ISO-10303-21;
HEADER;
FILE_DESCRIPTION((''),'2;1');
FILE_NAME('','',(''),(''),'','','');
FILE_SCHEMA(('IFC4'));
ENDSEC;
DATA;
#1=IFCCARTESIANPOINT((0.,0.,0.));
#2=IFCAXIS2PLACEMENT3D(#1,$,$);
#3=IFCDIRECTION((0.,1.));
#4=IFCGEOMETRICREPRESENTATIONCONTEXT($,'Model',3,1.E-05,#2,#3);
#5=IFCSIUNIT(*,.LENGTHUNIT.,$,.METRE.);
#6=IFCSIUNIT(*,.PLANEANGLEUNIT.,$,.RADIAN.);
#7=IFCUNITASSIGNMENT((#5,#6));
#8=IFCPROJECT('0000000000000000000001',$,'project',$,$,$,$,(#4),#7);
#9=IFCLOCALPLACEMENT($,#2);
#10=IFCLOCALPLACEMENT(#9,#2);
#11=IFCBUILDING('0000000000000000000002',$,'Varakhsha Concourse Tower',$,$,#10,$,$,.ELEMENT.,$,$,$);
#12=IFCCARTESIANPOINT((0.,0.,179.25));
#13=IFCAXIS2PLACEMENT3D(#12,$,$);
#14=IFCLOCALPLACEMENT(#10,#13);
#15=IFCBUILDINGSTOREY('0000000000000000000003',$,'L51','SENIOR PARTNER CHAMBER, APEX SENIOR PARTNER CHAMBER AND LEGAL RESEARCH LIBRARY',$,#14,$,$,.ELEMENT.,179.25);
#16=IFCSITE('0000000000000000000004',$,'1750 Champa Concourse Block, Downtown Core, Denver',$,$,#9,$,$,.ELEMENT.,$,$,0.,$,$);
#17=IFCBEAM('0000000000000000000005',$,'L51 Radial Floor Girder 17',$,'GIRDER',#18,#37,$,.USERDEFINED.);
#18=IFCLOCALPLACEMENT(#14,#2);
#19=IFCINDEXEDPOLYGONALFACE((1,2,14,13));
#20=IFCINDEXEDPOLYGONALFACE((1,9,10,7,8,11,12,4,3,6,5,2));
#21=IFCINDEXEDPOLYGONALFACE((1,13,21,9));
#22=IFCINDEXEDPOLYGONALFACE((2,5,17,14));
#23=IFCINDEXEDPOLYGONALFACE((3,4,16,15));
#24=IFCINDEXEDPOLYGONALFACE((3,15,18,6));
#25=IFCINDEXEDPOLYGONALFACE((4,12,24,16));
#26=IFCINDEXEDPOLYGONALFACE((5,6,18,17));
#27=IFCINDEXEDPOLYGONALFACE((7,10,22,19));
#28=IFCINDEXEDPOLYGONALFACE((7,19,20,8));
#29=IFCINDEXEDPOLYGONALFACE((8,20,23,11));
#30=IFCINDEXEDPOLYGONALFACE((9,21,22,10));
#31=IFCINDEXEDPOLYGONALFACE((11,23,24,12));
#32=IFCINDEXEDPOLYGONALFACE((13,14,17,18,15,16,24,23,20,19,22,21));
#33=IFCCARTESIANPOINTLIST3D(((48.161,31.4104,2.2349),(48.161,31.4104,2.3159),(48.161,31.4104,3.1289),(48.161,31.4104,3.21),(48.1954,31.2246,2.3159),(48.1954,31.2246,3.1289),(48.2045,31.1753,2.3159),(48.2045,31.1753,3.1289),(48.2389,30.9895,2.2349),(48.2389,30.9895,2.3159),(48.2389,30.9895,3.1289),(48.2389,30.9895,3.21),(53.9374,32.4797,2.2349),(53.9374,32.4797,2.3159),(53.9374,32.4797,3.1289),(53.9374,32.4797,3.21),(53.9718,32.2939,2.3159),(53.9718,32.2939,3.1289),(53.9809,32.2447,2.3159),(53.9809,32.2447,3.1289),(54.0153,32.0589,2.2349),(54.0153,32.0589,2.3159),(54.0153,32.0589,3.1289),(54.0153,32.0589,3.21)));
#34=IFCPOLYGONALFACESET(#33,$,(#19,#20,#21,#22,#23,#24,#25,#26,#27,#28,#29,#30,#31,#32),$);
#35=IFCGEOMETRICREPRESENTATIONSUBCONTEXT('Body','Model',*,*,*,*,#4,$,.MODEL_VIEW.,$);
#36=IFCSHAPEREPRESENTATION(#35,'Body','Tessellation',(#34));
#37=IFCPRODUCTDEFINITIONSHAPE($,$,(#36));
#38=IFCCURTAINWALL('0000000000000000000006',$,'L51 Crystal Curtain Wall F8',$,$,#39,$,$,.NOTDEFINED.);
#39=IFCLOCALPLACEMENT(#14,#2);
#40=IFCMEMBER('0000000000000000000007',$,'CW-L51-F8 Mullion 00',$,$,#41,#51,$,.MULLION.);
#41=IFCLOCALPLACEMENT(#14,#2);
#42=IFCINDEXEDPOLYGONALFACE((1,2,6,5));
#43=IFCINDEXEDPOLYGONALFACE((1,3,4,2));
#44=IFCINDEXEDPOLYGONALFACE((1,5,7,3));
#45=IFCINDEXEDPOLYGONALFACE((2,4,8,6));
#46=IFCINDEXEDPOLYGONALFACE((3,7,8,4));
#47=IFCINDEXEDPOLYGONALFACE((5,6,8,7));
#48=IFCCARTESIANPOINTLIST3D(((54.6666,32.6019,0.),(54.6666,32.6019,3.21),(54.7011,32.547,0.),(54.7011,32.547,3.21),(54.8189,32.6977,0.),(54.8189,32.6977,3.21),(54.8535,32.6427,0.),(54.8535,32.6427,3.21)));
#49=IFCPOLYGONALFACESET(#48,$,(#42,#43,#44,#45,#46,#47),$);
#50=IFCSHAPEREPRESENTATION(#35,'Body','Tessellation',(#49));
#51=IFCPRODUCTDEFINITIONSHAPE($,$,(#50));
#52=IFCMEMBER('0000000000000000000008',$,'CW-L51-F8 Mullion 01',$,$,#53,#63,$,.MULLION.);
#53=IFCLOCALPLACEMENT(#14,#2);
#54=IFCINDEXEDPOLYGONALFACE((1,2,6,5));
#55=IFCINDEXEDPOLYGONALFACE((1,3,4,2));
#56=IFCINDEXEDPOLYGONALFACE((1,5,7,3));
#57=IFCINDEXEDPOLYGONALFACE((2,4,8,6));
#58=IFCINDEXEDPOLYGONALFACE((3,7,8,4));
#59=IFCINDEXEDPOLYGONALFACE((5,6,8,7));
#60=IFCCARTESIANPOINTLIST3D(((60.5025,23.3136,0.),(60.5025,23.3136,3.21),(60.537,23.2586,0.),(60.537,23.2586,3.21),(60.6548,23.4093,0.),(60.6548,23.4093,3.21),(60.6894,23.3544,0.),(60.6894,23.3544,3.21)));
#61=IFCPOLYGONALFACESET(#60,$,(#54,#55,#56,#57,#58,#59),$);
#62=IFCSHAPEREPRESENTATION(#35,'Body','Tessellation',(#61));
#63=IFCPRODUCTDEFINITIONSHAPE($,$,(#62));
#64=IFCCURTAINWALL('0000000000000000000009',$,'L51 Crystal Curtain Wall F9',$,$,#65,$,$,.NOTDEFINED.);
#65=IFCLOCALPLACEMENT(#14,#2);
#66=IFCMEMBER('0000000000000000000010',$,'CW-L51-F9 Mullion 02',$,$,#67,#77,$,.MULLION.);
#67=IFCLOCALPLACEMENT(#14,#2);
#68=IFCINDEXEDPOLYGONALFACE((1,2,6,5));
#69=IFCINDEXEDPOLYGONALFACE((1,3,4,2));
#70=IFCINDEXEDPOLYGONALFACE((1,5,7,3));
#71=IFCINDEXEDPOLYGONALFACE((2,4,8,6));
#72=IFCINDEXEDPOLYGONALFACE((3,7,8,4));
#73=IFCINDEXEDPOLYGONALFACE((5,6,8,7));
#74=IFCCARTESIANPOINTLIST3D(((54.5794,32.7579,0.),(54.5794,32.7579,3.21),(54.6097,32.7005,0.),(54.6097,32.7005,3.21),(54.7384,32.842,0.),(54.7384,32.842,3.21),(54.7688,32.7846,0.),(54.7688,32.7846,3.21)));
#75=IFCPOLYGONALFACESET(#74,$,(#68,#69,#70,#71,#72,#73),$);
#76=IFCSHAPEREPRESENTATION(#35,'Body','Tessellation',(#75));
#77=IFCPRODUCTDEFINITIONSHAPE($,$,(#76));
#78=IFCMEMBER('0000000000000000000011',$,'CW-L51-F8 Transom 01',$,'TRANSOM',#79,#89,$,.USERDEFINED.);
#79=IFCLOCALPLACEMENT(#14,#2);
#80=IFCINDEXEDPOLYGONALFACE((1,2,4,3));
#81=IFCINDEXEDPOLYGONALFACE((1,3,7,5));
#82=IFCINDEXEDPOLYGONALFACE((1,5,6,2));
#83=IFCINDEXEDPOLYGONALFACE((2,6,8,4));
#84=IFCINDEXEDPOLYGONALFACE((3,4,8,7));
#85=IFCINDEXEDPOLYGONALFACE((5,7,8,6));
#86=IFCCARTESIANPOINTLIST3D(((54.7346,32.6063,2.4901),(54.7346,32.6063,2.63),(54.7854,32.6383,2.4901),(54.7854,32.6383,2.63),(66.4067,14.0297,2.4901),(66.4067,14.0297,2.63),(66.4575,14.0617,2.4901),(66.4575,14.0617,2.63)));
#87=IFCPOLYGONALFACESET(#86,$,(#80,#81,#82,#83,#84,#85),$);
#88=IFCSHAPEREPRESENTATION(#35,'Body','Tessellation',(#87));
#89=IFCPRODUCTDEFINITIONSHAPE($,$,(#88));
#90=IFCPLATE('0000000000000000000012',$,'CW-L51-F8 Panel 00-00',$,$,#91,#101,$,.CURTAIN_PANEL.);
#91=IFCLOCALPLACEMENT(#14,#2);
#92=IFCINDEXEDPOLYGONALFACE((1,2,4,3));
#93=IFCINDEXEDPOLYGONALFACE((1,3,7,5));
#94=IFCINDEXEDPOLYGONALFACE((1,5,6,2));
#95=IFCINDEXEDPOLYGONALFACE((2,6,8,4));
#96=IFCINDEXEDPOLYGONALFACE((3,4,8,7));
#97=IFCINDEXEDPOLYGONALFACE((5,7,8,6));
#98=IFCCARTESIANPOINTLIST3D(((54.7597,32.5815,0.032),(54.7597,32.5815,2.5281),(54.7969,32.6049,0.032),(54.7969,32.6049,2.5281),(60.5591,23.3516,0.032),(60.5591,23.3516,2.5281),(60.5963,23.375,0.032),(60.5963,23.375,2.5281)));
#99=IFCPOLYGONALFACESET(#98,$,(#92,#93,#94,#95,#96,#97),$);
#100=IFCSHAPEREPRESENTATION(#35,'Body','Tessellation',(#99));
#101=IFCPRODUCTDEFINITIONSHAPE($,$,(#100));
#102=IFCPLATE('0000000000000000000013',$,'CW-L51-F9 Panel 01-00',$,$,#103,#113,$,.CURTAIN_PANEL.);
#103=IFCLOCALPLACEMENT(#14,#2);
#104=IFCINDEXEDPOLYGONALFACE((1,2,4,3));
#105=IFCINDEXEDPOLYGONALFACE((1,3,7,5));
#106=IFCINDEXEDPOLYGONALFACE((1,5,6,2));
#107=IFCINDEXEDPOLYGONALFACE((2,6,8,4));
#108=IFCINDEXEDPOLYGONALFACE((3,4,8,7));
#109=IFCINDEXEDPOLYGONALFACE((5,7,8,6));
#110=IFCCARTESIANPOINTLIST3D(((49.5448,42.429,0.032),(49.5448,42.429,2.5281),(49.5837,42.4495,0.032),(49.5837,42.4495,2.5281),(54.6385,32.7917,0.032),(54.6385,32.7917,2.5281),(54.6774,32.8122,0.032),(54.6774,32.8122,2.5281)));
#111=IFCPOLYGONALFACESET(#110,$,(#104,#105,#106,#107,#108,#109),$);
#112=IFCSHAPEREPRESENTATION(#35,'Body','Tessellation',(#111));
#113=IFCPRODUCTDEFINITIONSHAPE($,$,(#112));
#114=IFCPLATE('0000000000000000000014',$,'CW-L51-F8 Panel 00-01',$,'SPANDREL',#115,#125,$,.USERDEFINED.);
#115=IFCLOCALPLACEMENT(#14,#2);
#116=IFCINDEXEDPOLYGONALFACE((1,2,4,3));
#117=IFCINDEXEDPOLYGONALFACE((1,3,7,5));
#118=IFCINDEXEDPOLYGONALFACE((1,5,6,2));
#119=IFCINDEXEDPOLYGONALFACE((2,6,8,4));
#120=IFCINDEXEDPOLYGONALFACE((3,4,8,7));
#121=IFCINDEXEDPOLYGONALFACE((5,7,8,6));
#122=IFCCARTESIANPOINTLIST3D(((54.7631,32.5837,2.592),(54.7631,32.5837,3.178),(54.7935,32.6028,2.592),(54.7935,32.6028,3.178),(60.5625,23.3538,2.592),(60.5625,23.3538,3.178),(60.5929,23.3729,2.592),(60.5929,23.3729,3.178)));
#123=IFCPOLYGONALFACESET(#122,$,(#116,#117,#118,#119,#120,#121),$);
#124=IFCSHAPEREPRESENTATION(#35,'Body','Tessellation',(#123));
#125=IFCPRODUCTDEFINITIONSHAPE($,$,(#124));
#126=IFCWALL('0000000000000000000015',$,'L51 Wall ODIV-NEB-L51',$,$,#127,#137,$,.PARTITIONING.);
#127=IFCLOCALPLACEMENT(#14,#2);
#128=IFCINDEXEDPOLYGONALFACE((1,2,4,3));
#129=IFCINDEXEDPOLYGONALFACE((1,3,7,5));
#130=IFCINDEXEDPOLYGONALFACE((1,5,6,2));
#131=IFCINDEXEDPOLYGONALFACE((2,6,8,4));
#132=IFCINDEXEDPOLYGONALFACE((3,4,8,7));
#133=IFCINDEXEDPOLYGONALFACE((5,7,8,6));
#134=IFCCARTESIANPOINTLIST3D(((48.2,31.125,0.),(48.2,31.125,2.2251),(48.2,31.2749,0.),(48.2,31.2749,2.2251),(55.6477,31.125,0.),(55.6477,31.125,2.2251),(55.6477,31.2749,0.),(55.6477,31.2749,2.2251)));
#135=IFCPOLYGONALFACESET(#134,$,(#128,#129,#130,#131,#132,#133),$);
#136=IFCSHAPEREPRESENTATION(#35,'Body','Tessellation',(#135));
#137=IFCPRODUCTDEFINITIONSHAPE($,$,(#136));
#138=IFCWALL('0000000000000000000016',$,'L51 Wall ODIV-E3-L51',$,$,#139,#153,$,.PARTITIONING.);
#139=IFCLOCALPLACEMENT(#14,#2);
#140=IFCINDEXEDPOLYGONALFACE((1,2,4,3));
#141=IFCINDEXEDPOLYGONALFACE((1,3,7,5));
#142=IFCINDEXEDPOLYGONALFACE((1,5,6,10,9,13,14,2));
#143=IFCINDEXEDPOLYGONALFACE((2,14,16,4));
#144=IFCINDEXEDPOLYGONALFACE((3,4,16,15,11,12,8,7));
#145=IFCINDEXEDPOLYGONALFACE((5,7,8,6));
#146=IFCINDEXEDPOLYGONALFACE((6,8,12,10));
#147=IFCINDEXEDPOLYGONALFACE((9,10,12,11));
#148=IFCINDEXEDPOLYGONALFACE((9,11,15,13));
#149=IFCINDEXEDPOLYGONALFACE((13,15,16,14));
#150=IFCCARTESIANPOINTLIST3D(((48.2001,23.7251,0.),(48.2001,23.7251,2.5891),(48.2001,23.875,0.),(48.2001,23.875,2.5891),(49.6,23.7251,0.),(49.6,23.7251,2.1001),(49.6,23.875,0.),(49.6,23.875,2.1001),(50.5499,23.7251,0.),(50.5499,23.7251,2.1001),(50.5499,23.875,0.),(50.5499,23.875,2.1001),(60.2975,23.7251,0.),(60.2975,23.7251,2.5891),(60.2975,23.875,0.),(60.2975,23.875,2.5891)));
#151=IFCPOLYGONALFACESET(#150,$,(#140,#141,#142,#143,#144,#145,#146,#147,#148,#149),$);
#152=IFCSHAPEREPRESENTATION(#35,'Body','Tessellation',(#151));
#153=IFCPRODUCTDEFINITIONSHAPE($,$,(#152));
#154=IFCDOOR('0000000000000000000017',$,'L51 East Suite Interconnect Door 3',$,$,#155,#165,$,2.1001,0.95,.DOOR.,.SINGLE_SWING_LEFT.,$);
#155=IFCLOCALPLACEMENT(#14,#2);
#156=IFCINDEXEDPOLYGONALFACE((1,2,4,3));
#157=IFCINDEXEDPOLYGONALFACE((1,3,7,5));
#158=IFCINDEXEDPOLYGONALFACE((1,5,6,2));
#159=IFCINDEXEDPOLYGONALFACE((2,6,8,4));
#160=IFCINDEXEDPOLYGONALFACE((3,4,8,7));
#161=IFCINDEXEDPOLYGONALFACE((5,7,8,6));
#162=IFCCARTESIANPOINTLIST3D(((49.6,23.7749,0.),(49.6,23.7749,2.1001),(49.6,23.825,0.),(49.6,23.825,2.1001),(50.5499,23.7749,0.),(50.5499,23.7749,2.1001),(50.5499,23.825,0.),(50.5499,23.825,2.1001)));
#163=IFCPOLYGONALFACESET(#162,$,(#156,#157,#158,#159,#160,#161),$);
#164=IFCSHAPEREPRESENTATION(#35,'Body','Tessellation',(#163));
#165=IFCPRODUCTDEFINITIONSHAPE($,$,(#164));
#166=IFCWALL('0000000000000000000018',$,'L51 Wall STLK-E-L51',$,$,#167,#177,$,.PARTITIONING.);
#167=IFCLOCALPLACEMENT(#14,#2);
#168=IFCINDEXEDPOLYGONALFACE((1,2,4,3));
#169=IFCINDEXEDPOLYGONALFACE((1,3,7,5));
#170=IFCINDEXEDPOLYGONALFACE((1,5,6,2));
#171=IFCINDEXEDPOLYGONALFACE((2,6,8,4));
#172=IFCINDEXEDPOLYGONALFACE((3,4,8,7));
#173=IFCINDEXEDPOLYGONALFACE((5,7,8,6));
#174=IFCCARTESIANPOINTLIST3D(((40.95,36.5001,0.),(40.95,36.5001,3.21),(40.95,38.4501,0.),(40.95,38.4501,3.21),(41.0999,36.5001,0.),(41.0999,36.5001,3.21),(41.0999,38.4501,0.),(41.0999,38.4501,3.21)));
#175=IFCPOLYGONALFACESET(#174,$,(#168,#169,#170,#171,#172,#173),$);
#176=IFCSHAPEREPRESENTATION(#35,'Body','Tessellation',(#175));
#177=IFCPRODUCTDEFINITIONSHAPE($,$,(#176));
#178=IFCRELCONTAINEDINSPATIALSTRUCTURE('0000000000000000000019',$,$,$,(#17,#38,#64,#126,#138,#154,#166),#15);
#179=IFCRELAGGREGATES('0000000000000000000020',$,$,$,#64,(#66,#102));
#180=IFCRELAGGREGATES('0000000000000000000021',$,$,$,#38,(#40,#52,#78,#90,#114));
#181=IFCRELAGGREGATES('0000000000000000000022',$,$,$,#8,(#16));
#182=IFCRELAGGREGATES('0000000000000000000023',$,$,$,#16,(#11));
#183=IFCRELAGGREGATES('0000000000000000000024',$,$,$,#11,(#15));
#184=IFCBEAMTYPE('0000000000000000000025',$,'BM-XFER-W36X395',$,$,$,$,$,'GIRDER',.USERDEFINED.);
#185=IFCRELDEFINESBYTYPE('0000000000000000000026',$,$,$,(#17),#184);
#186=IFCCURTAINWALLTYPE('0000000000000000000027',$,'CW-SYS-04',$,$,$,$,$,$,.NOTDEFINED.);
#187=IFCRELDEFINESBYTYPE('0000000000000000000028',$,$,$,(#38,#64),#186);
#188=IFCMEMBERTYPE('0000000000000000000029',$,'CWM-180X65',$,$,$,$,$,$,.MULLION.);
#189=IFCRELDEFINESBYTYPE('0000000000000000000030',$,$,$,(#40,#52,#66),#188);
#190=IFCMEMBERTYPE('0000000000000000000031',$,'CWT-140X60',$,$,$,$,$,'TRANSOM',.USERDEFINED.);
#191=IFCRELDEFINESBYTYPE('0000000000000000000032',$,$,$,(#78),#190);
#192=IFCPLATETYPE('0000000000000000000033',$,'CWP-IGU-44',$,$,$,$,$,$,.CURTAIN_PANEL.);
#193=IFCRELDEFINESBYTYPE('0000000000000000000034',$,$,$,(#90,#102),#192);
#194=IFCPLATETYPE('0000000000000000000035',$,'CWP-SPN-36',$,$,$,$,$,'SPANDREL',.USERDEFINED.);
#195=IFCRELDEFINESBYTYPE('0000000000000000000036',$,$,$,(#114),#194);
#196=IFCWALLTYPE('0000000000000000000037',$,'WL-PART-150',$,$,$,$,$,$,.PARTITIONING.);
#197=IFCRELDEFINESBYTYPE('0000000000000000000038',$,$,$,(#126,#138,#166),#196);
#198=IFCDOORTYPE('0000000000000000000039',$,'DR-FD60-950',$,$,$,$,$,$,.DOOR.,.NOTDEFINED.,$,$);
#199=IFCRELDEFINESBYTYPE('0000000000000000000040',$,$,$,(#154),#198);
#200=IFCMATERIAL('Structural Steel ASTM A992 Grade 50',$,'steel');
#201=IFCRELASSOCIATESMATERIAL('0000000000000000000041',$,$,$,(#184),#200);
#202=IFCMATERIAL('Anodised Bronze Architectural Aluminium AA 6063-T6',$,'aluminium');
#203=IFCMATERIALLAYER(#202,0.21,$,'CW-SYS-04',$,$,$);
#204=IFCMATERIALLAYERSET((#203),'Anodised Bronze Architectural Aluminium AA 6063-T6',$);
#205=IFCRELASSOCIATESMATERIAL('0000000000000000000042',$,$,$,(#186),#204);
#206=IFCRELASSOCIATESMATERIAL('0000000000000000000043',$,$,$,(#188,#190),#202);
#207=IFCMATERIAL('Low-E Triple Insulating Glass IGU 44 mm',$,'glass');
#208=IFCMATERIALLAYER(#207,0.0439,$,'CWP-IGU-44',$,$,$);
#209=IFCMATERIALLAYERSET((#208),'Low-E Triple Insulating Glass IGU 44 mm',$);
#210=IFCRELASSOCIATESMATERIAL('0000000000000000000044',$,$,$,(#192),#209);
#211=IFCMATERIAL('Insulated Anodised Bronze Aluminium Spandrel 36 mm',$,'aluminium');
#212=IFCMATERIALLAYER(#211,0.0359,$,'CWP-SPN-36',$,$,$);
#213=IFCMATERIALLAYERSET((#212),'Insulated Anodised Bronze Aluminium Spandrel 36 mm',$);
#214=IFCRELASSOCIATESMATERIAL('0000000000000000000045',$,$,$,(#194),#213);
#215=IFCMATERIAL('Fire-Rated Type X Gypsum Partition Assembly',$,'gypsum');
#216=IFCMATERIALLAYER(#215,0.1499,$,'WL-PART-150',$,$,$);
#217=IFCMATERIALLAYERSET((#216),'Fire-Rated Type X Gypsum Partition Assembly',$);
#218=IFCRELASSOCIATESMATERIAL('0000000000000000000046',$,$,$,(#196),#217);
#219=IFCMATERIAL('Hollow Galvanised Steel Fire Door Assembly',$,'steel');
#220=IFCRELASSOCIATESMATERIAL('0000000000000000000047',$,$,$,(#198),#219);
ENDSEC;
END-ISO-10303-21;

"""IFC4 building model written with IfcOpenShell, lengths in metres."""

from ifc_helpers import new_model, si_unit, direction, frame, frame_2d, origin, origin_2d, place, context, subcontext, project, spatial, rectangle, i_section, extrude, source, transform, mapped, material, layer, layer_set, material_profile, profile_set, type_object, type_shapes, element, fill, aggregate, save


model = new_model("IFC4")

# Units and contexts
model_context = context("Model", 3, precision=1e-05, world=origin(), true_north=direction((0.0, 1.0)))
body_context = subcontext(model_context, "Body", "Model", "MODEL_VIEW")
ifc_project = project(units=[si_unit("LENGTHUNIT", "METRE"), si_unit("PLANEANGLEUNIT", "RADIAN")], contexts=[model_context])

# Site, building, storey
site_placement = place(None, origin())
site = spatial("IfcSite", under=ifc_project, at=site_placement, Name="1750 Champa Concourse Block, Downtown Core, Denver", CompositionType="ELEMENT", RefElevation=0.0)
building_placement = place(site_placement, origin())
building = spatial("IfcBuilding", under=site, at=building_placement, Name="Varakhsha Concourse Tower", CompositionType="ELEMENT")
storey_placement = place(building_placement, frame((0.0, 0.0, 179.25)))
storey = spatial("IfcBuildingStorey", under=building, at=storey_placement, Name="L51", Description="SENIOR PARTNER CHAMBER, APEX SENIOR PARTNER CHAMBER AND LEGAL RESEARCH LIBRARY", CompositionType="ELEMENT", Elevation=179.25)

# Shared definitions
ifc_material_1 = material(Name="Structural Steel ASTM A992 Grade 50", Category="steel")

# Beam
ifc_material_profile_1 = material_profile(ifc_material_1, i_section(OverallWidth=0.428, OverallDepth=0.9751, WebThickness=0.05, FlangeThickness=0.0811, at=origin_2d()), Name="W36X395")
ifc_profile_set_1 = profile_set([ifc_material_profile_1], Name="Structural Steel ASTM A992 Grade 50")
beam_type_1 = type_object("IfcBeamType", Name="BM-XFER-W36X395", ElementType="GIRDER", PredefinedType="USERDEFINED", material=ifc_profile_set_1)
beam_1_placement = place(storey_placement, frame((48.2, 31.2, 2.7224), z_axis=(0.983293, 0.18203, 0.0), x_axis=(-0.18203, 0.983293, 0.0)))
element("IfcBeam", 1, at=beam_1_placement, inside=storey, type_object=beam_type_1, Name="L51 Radial Floor Girder 17", ObjectType="GIRDER", PredefinedType="USERDEFINED", context=body_context, shape_type="SweptSolid", body=[
    extrude(i_section(OverallWidth=0.428, OverallDepth=0.9751, WebThickness=0.05, FlangeThickness=0.0811, at=origin_2d()), origin(), (0.0, 0.0, 1.0), 5.8745),
])

# Curtain wall, members
ifc_material_2 = material(Name="Anodised Bronze Architectural Aluminium AA 6063-T6", Category="aluminium")
ifc_layer_1 = layer(ifc_material_2, 0.21, Name="CW-SYS-04")
ifc_layer_set_1 = layer_set([ifc_layer_1], Name="Anodised Bronze Architectural Aluminium AA 6063-T6")
curtain_wall_type = type_object("IfcCurtainWallType", Name="CW-SYS-04", PredefinedType="NOTDEFINED", material=ifc_layer_set_1)
curtain_wall_1_placement = place(storey_placement, origin())
curtain_wall_1 = element("IfcCurtainWall", 2, at=curtain_wall_1_placement, inside=storey, type_object=curtain_wall_type, Name="L51 Crystal Curtain Wall F8", PredefinedType="NOTDEFINED")
ifc_material_profile_2 = material_profile(ifc_material_2, rectangle(XDim=0.0649, YDim=0.1799, at=origin_2d()), Name="CWM-180X65")
ifc_profile_set_2 = profile_set([ifc_material_profile_2], Name="Anodised Bronze Architectural Aluminium AA 6063-T6")
member_type_1 = type_object("IfcMemberType", Name="CWM-180X65", PredefinedType="MULLION", material=ifc_profile_set_2)
shared_shape_1 = source(origin(), body_context, "Body", "SweptSolid", [
    extrude(rectangle(XDim=0.0649, YDim=0.1799, at=origin_2d()), origin(), (0.0, 0.0, 1.0), 3.21),
])
type_shapes(member_type_1, [shared_shape_1])
member_1_placement = place(storey_placement, frame((54.76, 32.6223, 0.0), z_axis=(0.0, 0.0, 1.0), x_axis=(0.532022, -0.84673, 0.0)))
member_1 = element("IfcMember", 3, at=member_1_placement, type_object=member_type_1, Name="CW-L51-F8 Mullion 00", PredefinedType="MULLION", context=body_context, shape_type="MappedRepresentation", body=[
    mapped(shared_shape_1, transform((0.0, 0.0, 0.0), scale=1.0)),
])
member_2_placement = place(storey_placement, frame((60.5959, 23.334, 0.0), z_axis=(0.0, 0.0, 1.0), x_axis=(0.532022, -0.84673, 0.0)))
member_2 = element("IfcMember", 4, at=member_2_placement, type_object=member_type_1, Name="CW-L51-F8 Mullion 01", PredefinedType="MULLION", context=body_context, shape_type="MappedRepresentation", body=[
    mapped(shared_shape_1, transform((0.0, 0.0, 0.0), scale=1.0)),
])

# Curtain wall, member
curtain_wall_2_placement = place(storey_placement, origin())
curtain_wall_2 = element("IfcCurtainWall", 5, at=curtain_wall_2_placement, inside=storey, type_object=curtain_wall_type, Name="L51 Crystal Curtain Wall F9", PredefinedType="NOTDEFINED")
member_3_placement = place(storey_placement, frame((54.6741, 32.7712, 0.0), z_axis=(0.0, 0.0, 1.0), x_axis=(0.467286, -0.884106, 0.0)))
member_3 = element("IfcMember", 6, at=member_3_placement, type_object=member_type_1, Name="CW-L51-F9 Mullion 02", PredefinedType="MULLION", context=body_context, shape_type="MappedRepresentation", body=[
    mapped(shared_shape_1, transform((0.0, 0.0, 0.0), scale=1.0)),
])

# Member
ifc_material_profile_3 = material_profile(ifc_material_2, rectangle(XDim=0.0601, YDim=0.1399, at=origin_2d()), Name="CWT-140X60")
ifc_profile_set_3 = profile_set([ifc_material_profile_3], Name="Anodised Bronze Architectural Aluminium AA 6063-T6")
member_type_2 = type_object("IfcMemberType", Name="CWT-140X60", ElementType="TRANSOM", PredefinedType="USERDEFINED", material=ifc_profile_set_3)
shared_shape_2 = source(origin(), body_context, "Body", "SweptSolid", [
    extrude(rectangle(XDim=0.0601, YDim=0.1399, at=origin_2d()), origin(), (0.0, 0.0, 1.0), 21.9392),
])
type_shapes(member_type_2, [shared_shape_2])
member_4_placement = place(storey_placement, frame((54.76, 32.6223, 2.5601), z_axis=(0.53202, -0.846732, 0.0), x_axis=(0.846732, 0.53202, 0.0)))
member_4 = element("IfcMember", 7, at=member_4_placement, type_object=member_type_2, Name="CW-L51-F8 Transom 01", ObjectType="TRANSOM", PredefinedType="USERDEFINED", context=body_context, shape_type="MappedRepresentation", body=[
    mapped(shared_shape_2, transform((0.0, 0.0, 0.0), scale=1.0)),
])

# Plates
ifc_material_3 = material(Name="Low-E Triple Insulating Glass IGU 44 mm", Category="glass")
ifc_layer_2 = layer(ifc_material_3, 0.0439, Name="CWP-IGU-44")
ifc_layer_set_2 = layer_set([ifc_layer_2], Name="Low-E Triple Insulating Glass IGU 44 mm")
plate_type_1 = type_object("IfcPlateType", Name="CWP-IGU-44", PredefinedType="CURTAIN_PANEL", material=ifc_layer_set_2)
shared_shape_3 = source(origin(), body_context, "Body", "SweptSolid", [
    extrude(rectangle(XDim=10.9006, YDim=0.0439, at=origin_2d()), origin(), (0.0, 0.0, 1.0), 2.4961),
])
type_shapes(plate_type_1, [shared_shape_3])
plate_1_placement = place(storey_placement, frame((57.678, 27.9783, 0.032), z_axis=(0.0, 0.0, 1.0), x_axis=(0.532022, -0.84673, 0.0)))
plate_1 = element("IfcPlate", 8, at=plate_1_placement, type_object=plate_type_1, Name="CW-L51-F8 Panel 00-00", PredefinedType="CURTAIN_PANEL", context=body_context, shape_type="MappedRepresentation", body=[
    mapped(shared_shape_3, transform((0.0, 0.0, 0.0), scale=1.0)),
])
plate_2_placement = place(storey_placement, frame((52.1111, 37.6206, 0.032), z_axis=(0.0, 0.0, 1.0), x_axis=(0.467286, -0.884106, 0.0)))
plate_2 = element("IfcPlate", 9, at=plate_2_placement, type_object=plate_type_1, Name="CW-L51-F9 Panel 01-00", PredefinedType="CURTAIN_PANEL", context=body_context, shape_type="MappedRepresentation", body=[
    mapped(shared_shape_3, transform((0.0, 0.0, 0.0), scale=1.0)),
])
aggregate(curtain_wall_2, [member_3, plate_2])
ifc_material_4 = material(Name="Insulated Anodised Bronze Aluminium Spandrel 36 mm", Category="aluminium")
ifc_layer_3 = layer(ifc_material_4, 0.0359, Name="CWP-SPN-36")
ifc_layer_set_3 = layer_set([ifc_layer_3], Name="Insulated Anodised Bronze Aluminium Spandrel 36 mm")
plate_type_2 = type_object("IfcPlateType", Name="CWP-SPN-36", ElementType="SPANDREL", PredefinedType="USERDEFINED", material=ifc_layer_set_3)
shared_shape_4 = source(origin(), body_context, "Body", "SweptSolid", [
    extrude(rectangle(XDim=10.9006, YDim=0.0359, at=origin_2d()), origin(), (0.0, 0.0, 1.0), 0.5859),
])
type_shapes(plate_type_2, [shared_shape_4])
plate_3_placement = place(storey_placement, frame((57.678, 27.9783, 2.592), z_axis=(0.0, 0.0, 1.0), x_axis=(0.532022, -0.84673, 0.0)))
plate_3 = element("IfcPlate", 10, at=plate_3_placement, type_object=plate_type_2, Name="CW-L51-F8 Panel 00-01", ObjectType="SPANDREL", PredefinedType="USERDEFINED", context=body_context, shape_type="MappedRepresentation", body=[
    mapped(shared_shape_4, transform((0.0, 0.0, 0.0), scale=1.0)),
])
aggregate(curtain_wall_1, [member_1, member_2, member_4, plate_1, plate_3])

# Wall
ifc_material_5 = material(Name="Fire-Rated Type X Gypsum Partition Assembly", Category="gypsum")
ifc_layer_4 = layer(ifc_material_5, 0.1499, Name="WL-PART-150")
ifc_layer_set_4 = layer_set([ifc_layer_4], Name="Fire-Rated Type X Gypsum Partition Assembly")
wall_type_1 = type_object("IfcWallType", Name="WL-PART-150", PredefinedType="PARTITIONING", material=ifc_layer_set_4)
wall_1_placement = place(storey_placement, frame((48.2, 31.2, 0.0), z_axis=(0.0, 0.0, 1.0), x_axis=(1.0, 0.0, 0.0)))
element("IfcWall", 11, at=wall_1_placement, inside=storey, type_object=wall_type_1, Name="L51 Wall ODIV-NEB-L51", PredefinedType="PARTITIONING", context=body_context, shape_type="SweptSolid", body=[
    extrude(rectangle(XDim=7.4478, YDim=0.1499, at=frame_2d((3.7239, 0.0))), origin(), (0.0, 0.0, 1.0), 2.2251),
])

# Wall, opening, door
wall_2_placement = place(storey_placement, frame((48.2, 23.8, 0.0), z_axis=(0.0, 0.0, 1.0), x_axis=(1.0, 0.0, 0.0)))
wall_2 = element("IfcWall", 12, at=wall_2_placement, inside=storey, type_object=wall_type_1, Name="L51 Wall ODIV-E3-L51", PredefinedType="PARTITIONING", context=body_context, shape_type="SweptSolid", body=[
    extrude(rectangle(XDim=12.0974, YDim=0.1499, at=frame_2d((6.0488, 0.0))), origin(), (0.0, 0.0, 1.0), 2.5891),
])
opening_placement = place(wall_2_placement, frame((1.3999, 0.0, 0.0)))
opening = element("IfcOpeningElement", 13, at=opening_placement, cuts=wall_2, PredefinedType="OPENING", context=body_context, shape_type="SweptSolid", body=[
    extrude(rectangle(XDim=0.95, YDim=2.1001, at=frame_2d((0.4751, 1.05))), frame((0.0, 0.085, 0.0), z_axis=(0.0, -1.0, 0.0), x_axis=(1.0, 0.0, 0.0)), (0.0, 0.0, 1.0), 0.1699),
])
ifc_material_6 = material(Name="Hollow Galvanised Steel Fire Door Assembly", Category="steel")
door_type = type_object("IfcDoorType", Name="DR-FD60-950", OperationType="NOTDEFINED", PredefinedType="DOOR", material=ifc_material_6)
door_placement = place(opening_placement, origin())
door = element("IfcDoor", 14, at=door_placement, inside=storey, type_object=door_type, Name="L51 East Suite Interconnect Door 3", OperationType="SINGLE_SWING_LEFT", OverallHeight=2.1001, OverallWidth=0.95, PredefinedType="DOOR", context=body_context, shape_type="SweptSolid", body=[
    extrude(rectangle(XDim=0.95, YDim=2.1001, at=frame_2d((0.4751, 1.05))), frame((0.0, 0.0249, 0.0), z_axis=(0.0, -1.0, 0.0), x_axis=(1.0, 0.0, 0.0)), (0.0, 0.0, 1.0), 0.05),
])
fill(opening, door)

# Wall
wall_3_placement = place(storey_placement, frame((41.0249, 36.5, 0.0), z_axis=(0.0, 0.0, 1.0), x_axis=(0.0, 1.0, 0.0)))
element("IfcWall", 15, at=wall_3_placement, inside=storey, type_object=wall_type_1, Name="L51 Wall STLK-E-L51", PredefinedType="PARTITIONING", context=body_context, shape_type="SweptSolid", body=[
    extrude(rectangle(XDim=1.95, YDim=0.1499, at=frame_2d((0.9751, 0.0))), origin(), (0.0, 0.0, 1.0), 3.21),
])

save(model, "model.ifc")
